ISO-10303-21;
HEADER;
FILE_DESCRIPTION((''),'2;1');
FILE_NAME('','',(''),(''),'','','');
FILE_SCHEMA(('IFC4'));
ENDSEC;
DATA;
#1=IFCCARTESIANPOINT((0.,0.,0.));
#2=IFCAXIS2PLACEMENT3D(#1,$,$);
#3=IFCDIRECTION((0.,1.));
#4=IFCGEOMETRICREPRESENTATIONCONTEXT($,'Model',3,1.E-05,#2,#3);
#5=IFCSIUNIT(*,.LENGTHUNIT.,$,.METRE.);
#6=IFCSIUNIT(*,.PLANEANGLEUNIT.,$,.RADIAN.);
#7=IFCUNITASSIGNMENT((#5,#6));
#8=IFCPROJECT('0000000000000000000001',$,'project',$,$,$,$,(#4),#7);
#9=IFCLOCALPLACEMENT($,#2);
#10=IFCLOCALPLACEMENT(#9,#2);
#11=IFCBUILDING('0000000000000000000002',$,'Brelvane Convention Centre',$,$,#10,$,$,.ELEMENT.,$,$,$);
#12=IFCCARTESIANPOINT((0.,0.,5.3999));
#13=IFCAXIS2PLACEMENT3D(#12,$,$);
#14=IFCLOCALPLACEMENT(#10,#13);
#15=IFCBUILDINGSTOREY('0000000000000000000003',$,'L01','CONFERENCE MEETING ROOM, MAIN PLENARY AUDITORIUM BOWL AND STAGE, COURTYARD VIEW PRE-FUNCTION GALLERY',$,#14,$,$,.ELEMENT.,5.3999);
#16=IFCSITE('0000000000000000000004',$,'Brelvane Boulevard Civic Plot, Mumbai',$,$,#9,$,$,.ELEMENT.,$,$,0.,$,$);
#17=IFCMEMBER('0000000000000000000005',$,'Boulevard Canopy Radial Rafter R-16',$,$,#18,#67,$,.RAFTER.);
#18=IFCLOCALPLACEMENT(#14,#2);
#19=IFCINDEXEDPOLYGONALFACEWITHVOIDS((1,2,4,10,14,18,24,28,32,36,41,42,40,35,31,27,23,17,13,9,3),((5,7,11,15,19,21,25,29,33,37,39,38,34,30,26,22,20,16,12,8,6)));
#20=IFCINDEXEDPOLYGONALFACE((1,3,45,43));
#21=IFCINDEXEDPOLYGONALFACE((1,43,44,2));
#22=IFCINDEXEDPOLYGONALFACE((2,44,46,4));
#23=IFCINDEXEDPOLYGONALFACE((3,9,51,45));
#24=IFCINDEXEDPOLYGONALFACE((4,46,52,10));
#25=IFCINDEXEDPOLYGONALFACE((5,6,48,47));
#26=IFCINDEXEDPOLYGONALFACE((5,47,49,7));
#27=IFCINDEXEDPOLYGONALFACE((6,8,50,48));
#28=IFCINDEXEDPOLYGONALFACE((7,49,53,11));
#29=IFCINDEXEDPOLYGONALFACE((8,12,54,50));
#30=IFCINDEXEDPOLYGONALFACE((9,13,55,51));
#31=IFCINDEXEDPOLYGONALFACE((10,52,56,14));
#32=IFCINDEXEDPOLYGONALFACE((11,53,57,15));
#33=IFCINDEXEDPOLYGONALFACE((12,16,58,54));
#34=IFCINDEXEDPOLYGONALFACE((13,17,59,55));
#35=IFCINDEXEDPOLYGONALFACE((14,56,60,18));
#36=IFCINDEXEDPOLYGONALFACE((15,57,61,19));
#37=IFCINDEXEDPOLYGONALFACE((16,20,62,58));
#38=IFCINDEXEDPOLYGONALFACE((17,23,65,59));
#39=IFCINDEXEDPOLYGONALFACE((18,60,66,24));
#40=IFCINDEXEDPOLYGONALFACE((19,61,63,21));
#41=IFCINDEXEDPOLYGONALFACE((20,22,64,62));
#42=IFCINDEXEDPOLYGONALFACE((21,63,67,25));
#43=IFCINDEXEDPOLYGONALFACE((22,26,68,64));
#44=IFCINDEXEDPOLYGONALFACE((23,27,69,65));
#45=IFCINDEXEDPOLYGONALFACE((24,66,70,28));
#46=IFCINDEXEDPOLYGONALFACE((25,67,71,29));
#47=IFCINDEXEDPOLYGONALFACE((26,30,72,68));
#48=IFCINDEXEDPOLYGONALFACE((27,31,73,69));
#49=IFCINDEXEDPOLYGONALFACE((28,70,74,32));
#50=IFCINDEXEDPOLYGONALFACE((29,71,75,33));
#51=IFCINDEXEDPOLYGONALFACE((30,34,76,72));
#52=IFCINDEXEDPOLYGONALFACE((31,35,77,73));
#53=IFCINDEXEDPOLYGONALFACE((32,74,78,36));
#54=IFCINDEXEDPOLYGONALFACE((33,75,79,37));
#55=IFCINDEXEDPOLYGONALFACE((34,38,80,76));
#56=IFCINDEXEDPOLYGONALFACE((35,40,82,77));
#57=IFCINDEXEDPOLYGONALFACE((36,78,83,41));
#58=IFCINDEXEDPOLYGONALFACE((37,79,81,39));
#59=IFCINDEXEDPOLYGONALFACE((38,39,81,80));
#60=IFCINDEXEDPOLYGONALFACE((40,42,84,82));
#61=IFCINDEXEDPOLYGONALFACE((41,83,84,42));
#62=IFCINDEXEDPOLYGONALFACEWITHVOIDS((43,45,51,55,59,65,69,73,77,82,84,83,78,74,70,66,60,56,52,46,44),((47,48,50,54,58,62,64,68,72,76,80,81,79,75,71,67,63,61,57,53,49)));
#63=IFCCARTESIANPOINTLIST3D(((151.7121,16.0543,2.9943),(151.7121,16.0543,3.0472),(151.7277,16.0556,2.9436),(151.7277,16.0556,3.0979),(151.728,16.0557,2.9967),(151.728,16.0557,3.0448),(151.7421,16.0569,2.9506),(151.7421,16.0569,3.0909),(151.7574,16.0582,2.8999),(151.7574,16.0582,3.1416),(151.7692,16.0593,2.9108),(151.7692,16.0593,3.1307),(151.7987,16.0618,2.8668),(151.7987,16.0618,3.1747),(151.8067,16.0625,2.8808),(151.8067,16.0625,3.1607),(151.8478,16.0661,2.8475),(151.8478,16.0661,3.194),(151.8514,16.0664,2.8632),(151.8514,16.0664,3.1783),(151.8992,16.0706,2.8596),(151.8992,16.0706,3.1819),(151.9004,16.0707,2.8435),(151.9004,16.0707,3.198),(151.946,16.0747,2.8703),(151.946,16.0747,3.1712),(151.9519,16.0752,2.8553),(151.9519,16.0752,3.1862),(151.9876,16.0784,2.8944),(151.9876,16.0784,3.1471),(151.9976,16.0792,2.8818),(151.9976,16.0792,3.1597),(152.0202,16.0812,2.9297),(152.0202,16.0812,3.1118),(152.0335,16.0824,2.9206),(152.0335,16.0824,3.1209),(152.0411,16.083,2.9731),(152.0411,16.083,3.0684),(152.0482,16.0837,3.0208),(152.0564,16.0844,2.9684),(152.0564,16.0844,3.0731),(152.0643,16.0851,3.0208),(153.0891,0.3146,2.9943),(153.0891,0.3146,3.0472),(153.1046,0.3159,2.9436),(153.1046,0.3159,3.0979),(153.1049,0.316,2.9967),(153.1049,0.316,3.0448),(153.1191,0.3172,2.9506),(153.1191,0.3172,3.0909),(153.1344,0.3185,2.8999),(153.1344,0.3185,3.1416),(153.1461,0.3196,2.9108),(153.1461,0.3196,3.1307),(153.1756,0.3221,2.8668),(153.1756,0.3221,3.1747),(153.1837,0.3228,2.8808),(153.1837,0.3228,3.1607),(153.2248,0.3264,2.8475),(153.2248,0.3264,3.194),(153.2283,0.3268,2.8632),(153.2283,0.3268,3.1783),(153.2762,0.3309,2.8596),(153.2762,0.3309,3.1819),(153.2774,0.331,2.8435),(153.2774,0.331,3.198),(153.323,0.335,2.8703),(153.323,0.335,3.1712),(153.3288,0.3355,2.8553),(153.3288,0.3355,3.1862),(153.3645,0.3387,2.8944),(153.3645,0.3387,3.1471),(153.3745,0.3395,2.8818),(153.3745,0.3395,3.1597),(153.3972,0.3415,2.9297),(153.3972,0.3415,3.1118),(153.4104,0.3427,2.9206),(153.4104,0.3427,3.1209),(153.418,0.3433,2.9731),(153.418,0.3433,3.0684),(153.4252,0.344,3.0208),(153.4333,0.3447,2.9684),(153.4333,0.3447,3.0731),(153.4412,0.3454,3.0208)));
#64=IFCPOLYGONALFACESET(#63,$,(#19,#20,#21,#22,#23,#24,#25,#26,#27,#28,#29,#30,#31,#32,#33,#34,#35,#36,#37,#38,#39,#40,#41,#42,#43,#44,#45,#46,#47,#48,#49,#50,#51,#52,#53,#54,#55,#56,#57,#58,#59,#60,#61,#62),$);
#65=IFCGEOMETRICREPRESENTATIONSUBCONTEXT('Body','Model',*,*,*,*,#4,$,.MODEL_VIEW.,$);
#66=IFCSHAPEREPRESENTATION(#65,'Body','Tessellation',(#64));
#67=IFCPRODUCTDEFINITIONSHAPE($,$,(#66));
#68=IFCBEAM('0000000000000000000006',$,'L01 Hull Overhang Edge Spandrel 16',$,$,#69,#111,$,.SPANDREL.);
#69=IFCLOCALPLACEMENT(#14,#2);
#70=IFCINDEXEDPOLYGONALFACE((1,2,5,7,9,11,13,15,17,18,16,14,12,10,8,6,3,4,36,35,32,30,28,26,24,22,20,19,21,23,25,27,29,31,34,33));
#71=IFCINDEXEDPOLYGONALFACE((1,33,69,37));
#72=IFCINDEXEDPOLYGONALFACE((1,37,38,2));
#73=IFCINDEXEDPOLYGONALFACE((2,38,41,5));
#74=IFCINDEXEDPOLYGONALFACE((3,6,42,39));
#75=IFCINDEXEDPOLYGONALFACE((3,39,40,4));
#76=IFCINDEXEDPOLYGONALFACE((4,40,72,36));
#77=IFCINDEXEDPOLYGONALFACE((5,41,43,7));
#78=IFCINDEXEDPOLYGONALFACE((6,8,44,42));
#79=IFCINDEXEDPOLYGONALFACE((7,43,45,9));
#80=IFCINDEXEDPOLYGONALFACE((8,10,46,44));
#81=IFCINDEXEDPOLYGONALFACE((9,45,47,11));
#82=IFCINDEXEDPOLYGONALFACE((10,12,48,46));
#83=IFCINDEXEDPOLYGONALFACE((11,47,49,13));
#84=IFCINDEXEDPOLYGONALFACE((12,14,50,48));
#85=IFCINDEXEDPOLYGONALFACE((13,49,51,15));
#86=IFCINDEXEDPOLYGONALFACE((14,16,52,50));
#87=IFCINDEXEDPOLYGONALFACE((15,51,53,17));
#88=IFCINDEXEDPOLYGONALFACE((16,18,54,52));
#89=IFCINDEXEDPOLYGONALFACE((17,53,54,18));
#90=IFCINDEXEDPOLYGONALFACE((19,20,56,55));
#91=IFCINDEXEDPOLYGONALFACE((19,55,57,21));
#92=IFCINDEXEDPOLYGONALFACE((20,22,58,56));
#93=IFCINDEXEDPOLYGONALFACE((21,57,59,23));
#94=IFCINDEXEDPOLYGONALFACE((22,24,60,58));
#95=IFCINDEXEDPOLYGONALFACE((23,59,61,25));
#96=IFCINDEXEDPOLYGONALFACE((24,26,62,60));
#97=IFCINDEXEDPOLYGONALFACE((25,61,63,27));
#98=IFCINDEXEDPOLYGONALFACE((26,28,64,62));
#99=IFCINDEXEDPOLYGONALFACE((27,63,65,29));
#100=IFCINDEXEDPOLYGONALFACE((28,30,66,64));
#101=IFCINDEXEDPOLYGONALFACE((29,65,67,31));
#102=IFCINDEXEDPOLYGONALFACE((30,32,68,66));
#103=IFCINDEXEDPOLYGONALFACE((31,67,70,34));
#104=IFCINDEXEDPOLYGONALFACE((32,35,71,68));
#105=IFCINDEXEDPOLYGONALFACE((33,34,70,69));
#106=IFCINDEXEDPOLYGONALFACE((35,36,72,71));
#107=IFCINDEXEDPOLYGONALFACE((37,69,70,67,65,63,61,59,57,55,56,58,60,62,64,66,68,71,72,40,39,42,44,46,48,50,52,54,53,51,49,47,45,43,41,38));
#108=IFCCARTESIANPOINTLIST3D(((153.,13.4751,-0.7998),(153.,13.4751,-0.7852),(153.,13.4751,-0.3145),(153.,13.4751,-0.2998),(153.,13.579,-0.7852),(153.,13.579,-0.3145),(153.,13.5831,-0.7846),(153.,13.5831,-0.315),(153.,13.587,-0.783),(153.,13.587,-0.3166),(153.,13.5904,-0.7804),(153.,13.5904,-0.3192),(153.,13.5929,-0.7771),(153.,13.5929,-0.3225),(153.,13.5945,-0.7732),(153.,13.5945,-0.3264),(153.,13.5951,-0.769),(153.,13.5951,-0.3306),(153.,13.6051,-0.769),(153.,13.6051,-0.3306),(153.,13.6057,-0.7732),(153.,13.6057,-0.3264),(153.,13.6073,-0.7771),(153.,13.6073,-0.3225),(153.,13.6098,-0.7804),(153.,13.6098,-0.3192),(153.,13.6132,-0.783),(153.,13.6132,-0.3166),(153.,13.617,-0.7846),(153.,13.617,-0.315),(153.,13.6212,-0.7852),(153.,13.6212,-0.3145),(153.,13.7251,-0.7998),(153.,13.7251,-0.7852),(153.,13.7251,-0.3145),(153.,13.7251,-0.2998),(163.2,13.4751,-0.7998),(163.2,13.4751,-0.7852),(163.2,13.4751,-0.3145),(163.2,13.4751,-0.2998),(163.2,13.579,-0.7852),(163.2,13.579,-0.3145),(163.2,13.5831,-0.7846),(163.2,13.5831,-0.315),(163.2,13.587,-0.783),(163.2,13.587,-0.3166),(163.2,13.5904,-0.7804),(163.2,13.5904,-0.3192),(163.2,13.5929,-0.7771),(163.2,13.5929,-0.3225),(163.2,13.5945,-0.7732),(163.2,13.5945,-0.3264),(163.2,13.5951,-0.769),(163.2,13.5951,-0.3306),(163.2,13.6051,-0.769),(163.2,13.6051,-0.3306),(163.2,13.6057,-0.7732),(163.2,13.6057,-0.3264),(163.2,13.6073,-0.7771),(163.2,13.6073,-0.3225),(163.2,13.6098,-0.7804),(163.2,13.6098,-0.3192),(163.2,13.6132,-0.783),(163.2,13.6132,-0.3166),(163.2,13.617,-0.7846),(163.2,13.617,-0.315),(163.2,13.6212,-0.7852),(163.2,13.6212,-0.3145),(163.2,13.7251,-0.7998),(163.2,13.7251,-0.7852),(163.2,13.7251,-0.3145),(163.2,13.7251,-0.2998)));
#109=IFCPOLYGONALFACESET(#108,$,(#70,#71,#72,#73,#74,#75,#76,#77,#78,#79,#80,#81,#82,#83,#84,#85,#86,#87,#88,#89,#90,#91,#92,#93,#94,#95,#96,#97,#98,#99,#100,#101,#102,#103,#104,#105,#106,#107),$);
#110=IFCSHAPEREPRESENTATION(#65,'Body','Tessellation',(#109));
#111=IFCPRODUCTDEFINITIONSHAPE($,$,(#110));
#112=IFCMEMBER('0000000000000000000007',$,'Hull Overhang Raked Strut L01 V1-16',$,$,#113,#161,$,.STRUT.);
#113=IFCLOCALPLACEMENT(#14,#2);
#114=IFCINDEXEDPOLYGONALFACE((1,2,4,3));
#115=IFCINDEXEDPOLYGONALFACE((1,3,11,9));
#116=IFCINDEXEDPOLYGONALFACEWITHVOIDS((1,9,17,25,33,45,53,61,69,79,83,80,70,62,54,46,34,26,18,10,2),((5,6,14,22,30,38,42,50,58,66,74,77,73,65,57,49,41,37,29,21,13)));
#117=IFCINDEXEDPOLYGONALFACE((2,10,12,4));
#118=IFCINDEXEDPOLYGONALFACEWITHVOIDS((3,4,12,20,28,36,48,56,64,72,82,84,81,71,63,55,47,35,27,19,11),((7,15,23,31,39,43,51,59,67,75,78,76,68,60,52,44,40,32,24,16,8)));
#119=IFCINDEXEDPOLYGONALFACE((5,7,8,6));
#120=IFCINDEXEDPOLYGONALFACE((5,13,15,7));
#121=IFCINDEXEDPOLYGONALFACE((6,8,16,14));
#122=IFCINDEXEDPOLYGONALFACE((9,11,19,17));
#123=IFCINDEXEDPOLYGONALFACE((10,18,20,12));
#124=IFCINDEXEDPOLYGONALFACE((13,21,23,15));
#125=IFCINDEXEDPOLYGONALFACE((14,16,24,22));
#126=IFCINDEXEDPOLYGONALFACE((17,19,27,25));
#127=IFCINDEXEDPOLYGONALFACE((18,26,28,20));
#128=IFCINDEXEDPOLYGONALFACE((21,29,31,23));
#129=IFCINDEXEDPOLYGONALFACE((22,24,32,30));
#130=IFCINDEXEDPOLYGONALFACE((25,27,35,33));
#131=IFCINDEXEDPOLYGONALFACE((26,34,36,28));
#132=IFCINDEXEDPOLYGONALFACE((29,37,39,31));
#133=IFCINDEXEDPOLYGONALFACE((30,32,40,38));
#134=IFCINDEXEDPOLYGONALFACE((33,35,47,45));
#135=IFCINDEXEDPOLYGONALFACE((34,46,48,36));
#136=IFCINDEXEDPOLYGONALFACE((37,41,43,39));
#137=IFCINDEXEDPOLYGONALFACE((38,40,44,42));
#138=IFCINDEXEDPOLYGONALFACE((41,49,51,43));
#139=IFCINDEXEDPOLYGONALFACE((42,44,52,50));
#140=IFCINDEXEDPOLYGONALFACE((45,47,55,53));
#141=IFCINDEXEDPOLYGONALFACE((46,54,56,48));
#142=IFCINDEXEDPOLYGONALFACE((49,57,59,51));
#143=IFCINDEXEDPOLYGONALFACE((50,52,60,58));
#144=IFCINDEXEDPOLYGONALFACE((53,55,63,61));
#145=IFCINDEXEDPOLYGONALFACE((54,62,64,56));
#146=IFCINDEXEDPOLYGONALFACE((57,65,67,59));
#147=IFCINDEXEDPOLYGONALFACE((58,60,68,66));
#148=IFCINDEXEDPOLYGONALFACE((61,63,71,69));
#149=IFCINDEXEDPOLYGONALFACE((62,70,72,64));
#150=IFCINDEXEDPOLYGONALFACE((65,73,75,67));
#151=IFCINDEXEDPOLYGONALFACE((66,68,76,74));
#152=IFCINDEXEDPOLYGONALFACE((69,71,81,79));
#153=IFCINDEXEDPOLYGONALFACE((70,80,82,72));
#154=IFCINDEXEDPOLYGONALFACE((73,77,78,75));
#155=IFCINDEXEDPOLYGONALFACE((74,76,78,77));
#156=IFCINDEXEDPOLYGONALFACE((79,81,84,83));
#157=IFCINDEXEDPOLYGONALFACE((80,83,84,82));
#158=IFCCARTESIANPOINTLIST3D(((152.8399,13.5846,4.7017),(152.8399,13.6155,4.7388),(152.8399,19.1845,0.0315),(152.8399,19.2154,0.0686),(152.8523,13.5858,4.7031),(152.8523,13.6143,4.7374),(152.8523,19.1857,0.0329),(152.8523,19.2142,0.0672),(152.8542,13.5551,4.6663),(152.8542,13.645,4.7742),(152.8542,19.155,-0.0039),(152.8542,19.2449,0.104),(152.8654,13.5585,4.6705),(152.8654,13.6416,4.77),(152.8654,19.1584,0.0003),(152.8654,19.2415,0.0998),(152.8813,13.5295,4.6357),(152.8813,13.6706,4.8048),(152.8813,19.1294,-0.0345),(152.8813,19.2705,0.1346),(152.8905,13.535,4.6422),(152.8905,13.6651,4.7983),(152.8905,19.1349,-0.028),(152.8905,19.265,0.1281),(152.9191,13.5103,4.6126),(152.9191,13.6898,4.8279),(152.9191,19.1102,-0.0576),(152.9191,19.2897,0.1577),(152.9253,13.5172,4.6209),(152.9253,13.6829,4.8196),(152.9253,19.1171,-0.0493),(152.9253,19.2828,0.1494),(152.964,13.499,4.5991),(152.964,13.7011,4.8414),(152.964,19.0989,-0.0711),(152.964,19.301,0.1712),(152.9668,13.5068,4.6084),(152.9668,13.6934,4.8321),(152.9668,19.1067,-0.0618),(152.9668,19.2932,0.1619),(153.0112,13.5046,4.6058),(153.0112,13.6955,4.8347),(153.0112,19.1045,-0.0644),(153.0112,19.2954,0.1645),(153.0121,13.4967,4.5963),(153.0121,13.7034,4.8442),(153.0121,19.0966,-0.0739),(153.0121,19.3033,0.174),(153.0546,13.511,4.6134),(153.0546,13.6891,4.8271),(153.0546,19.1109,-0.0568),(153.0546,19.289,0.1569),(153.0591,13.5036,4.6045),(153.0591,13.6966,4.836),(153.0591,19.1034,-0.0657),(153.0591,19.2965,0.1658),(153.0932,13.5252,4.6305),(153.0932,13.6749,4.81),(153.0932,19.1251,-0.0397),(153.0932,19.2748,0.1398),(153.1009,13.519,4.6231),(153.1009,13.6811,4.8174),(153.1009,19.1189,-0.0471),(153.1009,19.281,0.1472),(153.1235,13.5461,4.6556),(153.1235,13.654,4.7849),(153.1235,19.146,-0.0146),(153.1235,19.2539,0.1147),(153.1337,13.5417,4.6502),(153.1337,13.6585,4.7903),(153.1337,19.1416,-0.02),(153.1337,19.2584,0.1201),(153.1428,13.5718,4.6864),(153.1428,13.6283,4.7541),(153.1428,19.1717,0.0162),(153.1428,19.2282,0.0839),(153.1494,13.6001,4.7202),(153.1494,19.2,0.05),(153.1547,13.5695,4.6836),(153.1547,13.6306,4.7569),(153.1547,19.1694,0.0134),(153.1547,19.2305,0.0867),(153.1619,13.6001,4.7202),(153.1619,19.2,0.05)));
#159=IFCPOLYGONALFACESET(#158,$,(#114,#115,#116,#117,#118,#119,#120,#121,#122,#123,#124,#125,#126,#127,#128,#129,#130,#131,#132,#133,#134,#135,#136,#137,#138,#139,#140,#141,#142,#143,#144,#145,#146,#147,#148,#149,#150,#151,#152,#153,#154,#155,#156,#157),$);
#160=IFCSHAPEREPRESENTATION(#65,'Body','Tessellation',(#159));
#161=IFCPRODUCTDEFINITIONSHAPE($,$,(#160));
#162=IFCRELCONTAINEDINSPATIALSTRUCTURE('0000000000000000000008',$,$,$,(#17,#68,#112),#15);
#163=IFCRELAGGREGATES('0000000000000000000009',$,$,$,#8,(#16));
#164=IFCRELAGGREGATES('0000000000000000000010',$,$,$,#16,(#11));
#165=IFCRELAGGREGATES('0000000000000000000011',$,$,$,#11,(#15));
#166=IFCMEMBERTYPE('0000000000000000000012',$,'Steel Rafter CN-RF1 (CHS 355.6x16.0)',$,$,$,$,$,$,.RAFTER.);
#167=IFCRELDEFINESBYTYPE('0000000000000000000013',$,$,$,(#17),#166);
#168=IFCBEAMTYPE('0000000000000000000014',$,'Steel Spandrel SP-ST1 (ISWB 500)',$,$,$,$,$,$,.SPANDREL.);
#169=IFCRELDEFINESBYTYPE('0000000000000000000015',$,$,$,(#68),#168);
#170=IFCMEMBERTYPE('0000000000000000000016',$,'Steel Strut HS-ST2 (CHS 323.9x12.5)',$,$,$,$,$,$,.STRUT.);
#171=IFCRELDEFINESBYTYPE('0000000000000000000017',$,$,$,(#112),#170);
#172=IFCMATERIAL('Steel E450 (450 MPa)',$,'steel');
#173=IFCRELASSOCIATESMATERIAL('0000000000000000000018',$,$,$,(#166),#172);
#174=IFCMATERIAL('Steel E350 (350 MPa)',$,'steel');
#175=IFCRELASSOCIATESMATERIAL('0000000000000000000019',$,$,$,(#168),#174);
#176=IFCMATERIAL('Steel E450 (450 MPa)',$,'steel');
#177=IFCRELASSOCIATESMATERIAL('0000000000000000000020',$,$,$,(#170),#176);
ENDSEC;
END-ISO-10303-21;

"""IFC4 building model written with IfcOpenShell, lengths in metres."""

from ifc_helpers import new_model, si_unit, direction, frame, origin, origin_2d, place, context, subcontext, project, spatial, hollow_circle, i_section, extrude, material, material_profile, profile_set, type_object, element, save


model = new_model("IFC4")

# Units and contexts
model_context = context("Model", 3, precision=1e-05, world=origin(), true_north=direction((0.0, 1.0)))
body_context = subcontext(model_context, "Body", "Model", "MODEL_VIEW")
ifc_project = project(units=[si_unit("LENGTHUNIT", "METRE"), si_unit("PLANEANGLEUNIT", "RADIAN")], contexts=[model_context])

# Site, building, storey
site_placement = place(None, origin())
site = spatial("IfcSite", under=ifc_project, at=site_placement, Name="Brelvane Boulevard Civic Plot, Mumbai", CompositionType="ELEMENT", RefElevation=0.0)
building_placement = place(site_placement, origin())
building = spatial("IfcBuilding", under=site, at=building_placement, Name="Brelvane Convention Centre", CompositionType="ELEMENT")
storey_placement = place(building_placement, frame((0.0, 0.0, 5.3999)))
storey = spatial("IfcBuildingStorey", under=building, at=storey_placement, Name="L01", Description="CONFERENCE MEETING ROOM, MAIN PLENARY AUDITORIUM BOWL AND STAGE, COURTYARD VIEW PRE-FUNCTION GALLERY", CompositionType="ELEMENT", Elevation=5.3999)

# Member
ifc_material_1 = material(Name="Steel E450 (450 MPa)", Category="steel")
ifc_material_profile_1 = material_profile(ifc_material_1, hollow_circle(Radius=0.1777, WallThickness=0.0161, at=origin_2d()), Name="CHS 355.6x16.0")
ifc_profile_set_1 = profile_set([ifc_material_profile_1], Name="Steel E450 (450 MPa)")
member_type_1 = type_object("IfcMemberType", Name="Steel Rafter CN-RF1 (CHS 355.6x16.0)", PredefinedType="RAFTER", material=ifc_profile_set_1)
member_1_placement = place(storey_placement, frame((151.8872, 16.0696, 3.0208), z_axis=(0.08715, -0.996195, 0.0), x_axis=(0.996195, 0.08715, 0.0)))
element("IfcMember", 1, at=member_1_placement, inside=storey, type_object=member_type_1, Name="Boulevard Canopy Radial Rafter R-16", PredefinedType="RAFTER", context=body_context, shape_type="SweptSolid", body=[
    extrude(hollow_circle(Radius=0.1777, WallThickness=0.0161, at=origin_2d()), origin(), (0.0, 0.0, 1.0), 15.7998),
])

# Beam
ifc_material_2 = material(Name="Steel E350 (350 MPa)", Category="steel")
ifc_material_profile_2 = material_profile(ifc_material_2, i_section(OverallWidth=0.25, OverallDepth=0.5, WebThickness=0.01, FlangeThickness=0.0146, FilletRadius=0.0161, at=origin_2d()), Name="ISWB 500")
ifc_profile_set_2 = profile_set([ifc_material_profile_2], Name="Steel E350 (350 MPa)")
beam_type_1 = type_object("IfcBeamType", Name="Steel Spandrel SP-ST1 (ISWB 500)", PredefinedType="SPANDREL", material=ifc_profile_set_2)
beam_1_placement = place(storey_placement, frame((153.0, 13.6001, -0.5498), z_axis=(1.0, 0.0, 0.0), x_axis=(0.0, 1.0, 0.0)))
element("IfcBeam", 2, at=beam_1_placement, inside=storey, type_object=beam_type_1, Name="L01 Hull Overhang Edge Spandrel 16", PredefinedType="SPANDREL", context=body_context, shape_type="SweptSolid", body=[
    extrude(i_section(OverallWidth=0.25, OverallDepth=0.5, WebThickness=0.01, FlangeThickness=0.0146, FilletRadius=0.0161, at=origin_2d()), origin(), (0.0, 0.0, 1.0), 10.2),
])

# Member
ifc_material_3 = material(Name="Steel E450 (450 MPa)", Category="steel")
ifc_material_profile_3 = material_profile(ifc_material_3, hollow_circle(Radius=0.1619, WallThickness=0.0125, at=origin_2d()), Name="CHS 323.9x12.5")
ifc_profile_set_3 = profile_set([ifc_material_profile_3], Name="Steel E450 (450 MPa)")
member_type_2 = type_object("IfcMemberType", Name="Steel Strut HS-ST2 (CHS 323.9x12.5)", PredefinedType="STRUT", material=ifc_profile_set_3)
member_2_placement = place(storey_placement, frame((153.0, 19.2, 0.05), z_axis=(0.0, -0.767977, 0.640477), x_axis=(1.0, 0.0, 0.0)))
element("IfcMember", 3, at=member_2_placement, inside=storey, type_object=member_type_2, Name="Hull Overhang Raked Strut L01 V1-16", PredefinedType="STRUT", context=body_context, shape_type="SweptSolid", body=[
    extrude(hollow_circle(Radius=0.1619, WallThickness=0.0125, at=origin_2d()), origin(), (0.0, 0.0, 1.0), 7.2917),
])

save(model, "model.ifc")
